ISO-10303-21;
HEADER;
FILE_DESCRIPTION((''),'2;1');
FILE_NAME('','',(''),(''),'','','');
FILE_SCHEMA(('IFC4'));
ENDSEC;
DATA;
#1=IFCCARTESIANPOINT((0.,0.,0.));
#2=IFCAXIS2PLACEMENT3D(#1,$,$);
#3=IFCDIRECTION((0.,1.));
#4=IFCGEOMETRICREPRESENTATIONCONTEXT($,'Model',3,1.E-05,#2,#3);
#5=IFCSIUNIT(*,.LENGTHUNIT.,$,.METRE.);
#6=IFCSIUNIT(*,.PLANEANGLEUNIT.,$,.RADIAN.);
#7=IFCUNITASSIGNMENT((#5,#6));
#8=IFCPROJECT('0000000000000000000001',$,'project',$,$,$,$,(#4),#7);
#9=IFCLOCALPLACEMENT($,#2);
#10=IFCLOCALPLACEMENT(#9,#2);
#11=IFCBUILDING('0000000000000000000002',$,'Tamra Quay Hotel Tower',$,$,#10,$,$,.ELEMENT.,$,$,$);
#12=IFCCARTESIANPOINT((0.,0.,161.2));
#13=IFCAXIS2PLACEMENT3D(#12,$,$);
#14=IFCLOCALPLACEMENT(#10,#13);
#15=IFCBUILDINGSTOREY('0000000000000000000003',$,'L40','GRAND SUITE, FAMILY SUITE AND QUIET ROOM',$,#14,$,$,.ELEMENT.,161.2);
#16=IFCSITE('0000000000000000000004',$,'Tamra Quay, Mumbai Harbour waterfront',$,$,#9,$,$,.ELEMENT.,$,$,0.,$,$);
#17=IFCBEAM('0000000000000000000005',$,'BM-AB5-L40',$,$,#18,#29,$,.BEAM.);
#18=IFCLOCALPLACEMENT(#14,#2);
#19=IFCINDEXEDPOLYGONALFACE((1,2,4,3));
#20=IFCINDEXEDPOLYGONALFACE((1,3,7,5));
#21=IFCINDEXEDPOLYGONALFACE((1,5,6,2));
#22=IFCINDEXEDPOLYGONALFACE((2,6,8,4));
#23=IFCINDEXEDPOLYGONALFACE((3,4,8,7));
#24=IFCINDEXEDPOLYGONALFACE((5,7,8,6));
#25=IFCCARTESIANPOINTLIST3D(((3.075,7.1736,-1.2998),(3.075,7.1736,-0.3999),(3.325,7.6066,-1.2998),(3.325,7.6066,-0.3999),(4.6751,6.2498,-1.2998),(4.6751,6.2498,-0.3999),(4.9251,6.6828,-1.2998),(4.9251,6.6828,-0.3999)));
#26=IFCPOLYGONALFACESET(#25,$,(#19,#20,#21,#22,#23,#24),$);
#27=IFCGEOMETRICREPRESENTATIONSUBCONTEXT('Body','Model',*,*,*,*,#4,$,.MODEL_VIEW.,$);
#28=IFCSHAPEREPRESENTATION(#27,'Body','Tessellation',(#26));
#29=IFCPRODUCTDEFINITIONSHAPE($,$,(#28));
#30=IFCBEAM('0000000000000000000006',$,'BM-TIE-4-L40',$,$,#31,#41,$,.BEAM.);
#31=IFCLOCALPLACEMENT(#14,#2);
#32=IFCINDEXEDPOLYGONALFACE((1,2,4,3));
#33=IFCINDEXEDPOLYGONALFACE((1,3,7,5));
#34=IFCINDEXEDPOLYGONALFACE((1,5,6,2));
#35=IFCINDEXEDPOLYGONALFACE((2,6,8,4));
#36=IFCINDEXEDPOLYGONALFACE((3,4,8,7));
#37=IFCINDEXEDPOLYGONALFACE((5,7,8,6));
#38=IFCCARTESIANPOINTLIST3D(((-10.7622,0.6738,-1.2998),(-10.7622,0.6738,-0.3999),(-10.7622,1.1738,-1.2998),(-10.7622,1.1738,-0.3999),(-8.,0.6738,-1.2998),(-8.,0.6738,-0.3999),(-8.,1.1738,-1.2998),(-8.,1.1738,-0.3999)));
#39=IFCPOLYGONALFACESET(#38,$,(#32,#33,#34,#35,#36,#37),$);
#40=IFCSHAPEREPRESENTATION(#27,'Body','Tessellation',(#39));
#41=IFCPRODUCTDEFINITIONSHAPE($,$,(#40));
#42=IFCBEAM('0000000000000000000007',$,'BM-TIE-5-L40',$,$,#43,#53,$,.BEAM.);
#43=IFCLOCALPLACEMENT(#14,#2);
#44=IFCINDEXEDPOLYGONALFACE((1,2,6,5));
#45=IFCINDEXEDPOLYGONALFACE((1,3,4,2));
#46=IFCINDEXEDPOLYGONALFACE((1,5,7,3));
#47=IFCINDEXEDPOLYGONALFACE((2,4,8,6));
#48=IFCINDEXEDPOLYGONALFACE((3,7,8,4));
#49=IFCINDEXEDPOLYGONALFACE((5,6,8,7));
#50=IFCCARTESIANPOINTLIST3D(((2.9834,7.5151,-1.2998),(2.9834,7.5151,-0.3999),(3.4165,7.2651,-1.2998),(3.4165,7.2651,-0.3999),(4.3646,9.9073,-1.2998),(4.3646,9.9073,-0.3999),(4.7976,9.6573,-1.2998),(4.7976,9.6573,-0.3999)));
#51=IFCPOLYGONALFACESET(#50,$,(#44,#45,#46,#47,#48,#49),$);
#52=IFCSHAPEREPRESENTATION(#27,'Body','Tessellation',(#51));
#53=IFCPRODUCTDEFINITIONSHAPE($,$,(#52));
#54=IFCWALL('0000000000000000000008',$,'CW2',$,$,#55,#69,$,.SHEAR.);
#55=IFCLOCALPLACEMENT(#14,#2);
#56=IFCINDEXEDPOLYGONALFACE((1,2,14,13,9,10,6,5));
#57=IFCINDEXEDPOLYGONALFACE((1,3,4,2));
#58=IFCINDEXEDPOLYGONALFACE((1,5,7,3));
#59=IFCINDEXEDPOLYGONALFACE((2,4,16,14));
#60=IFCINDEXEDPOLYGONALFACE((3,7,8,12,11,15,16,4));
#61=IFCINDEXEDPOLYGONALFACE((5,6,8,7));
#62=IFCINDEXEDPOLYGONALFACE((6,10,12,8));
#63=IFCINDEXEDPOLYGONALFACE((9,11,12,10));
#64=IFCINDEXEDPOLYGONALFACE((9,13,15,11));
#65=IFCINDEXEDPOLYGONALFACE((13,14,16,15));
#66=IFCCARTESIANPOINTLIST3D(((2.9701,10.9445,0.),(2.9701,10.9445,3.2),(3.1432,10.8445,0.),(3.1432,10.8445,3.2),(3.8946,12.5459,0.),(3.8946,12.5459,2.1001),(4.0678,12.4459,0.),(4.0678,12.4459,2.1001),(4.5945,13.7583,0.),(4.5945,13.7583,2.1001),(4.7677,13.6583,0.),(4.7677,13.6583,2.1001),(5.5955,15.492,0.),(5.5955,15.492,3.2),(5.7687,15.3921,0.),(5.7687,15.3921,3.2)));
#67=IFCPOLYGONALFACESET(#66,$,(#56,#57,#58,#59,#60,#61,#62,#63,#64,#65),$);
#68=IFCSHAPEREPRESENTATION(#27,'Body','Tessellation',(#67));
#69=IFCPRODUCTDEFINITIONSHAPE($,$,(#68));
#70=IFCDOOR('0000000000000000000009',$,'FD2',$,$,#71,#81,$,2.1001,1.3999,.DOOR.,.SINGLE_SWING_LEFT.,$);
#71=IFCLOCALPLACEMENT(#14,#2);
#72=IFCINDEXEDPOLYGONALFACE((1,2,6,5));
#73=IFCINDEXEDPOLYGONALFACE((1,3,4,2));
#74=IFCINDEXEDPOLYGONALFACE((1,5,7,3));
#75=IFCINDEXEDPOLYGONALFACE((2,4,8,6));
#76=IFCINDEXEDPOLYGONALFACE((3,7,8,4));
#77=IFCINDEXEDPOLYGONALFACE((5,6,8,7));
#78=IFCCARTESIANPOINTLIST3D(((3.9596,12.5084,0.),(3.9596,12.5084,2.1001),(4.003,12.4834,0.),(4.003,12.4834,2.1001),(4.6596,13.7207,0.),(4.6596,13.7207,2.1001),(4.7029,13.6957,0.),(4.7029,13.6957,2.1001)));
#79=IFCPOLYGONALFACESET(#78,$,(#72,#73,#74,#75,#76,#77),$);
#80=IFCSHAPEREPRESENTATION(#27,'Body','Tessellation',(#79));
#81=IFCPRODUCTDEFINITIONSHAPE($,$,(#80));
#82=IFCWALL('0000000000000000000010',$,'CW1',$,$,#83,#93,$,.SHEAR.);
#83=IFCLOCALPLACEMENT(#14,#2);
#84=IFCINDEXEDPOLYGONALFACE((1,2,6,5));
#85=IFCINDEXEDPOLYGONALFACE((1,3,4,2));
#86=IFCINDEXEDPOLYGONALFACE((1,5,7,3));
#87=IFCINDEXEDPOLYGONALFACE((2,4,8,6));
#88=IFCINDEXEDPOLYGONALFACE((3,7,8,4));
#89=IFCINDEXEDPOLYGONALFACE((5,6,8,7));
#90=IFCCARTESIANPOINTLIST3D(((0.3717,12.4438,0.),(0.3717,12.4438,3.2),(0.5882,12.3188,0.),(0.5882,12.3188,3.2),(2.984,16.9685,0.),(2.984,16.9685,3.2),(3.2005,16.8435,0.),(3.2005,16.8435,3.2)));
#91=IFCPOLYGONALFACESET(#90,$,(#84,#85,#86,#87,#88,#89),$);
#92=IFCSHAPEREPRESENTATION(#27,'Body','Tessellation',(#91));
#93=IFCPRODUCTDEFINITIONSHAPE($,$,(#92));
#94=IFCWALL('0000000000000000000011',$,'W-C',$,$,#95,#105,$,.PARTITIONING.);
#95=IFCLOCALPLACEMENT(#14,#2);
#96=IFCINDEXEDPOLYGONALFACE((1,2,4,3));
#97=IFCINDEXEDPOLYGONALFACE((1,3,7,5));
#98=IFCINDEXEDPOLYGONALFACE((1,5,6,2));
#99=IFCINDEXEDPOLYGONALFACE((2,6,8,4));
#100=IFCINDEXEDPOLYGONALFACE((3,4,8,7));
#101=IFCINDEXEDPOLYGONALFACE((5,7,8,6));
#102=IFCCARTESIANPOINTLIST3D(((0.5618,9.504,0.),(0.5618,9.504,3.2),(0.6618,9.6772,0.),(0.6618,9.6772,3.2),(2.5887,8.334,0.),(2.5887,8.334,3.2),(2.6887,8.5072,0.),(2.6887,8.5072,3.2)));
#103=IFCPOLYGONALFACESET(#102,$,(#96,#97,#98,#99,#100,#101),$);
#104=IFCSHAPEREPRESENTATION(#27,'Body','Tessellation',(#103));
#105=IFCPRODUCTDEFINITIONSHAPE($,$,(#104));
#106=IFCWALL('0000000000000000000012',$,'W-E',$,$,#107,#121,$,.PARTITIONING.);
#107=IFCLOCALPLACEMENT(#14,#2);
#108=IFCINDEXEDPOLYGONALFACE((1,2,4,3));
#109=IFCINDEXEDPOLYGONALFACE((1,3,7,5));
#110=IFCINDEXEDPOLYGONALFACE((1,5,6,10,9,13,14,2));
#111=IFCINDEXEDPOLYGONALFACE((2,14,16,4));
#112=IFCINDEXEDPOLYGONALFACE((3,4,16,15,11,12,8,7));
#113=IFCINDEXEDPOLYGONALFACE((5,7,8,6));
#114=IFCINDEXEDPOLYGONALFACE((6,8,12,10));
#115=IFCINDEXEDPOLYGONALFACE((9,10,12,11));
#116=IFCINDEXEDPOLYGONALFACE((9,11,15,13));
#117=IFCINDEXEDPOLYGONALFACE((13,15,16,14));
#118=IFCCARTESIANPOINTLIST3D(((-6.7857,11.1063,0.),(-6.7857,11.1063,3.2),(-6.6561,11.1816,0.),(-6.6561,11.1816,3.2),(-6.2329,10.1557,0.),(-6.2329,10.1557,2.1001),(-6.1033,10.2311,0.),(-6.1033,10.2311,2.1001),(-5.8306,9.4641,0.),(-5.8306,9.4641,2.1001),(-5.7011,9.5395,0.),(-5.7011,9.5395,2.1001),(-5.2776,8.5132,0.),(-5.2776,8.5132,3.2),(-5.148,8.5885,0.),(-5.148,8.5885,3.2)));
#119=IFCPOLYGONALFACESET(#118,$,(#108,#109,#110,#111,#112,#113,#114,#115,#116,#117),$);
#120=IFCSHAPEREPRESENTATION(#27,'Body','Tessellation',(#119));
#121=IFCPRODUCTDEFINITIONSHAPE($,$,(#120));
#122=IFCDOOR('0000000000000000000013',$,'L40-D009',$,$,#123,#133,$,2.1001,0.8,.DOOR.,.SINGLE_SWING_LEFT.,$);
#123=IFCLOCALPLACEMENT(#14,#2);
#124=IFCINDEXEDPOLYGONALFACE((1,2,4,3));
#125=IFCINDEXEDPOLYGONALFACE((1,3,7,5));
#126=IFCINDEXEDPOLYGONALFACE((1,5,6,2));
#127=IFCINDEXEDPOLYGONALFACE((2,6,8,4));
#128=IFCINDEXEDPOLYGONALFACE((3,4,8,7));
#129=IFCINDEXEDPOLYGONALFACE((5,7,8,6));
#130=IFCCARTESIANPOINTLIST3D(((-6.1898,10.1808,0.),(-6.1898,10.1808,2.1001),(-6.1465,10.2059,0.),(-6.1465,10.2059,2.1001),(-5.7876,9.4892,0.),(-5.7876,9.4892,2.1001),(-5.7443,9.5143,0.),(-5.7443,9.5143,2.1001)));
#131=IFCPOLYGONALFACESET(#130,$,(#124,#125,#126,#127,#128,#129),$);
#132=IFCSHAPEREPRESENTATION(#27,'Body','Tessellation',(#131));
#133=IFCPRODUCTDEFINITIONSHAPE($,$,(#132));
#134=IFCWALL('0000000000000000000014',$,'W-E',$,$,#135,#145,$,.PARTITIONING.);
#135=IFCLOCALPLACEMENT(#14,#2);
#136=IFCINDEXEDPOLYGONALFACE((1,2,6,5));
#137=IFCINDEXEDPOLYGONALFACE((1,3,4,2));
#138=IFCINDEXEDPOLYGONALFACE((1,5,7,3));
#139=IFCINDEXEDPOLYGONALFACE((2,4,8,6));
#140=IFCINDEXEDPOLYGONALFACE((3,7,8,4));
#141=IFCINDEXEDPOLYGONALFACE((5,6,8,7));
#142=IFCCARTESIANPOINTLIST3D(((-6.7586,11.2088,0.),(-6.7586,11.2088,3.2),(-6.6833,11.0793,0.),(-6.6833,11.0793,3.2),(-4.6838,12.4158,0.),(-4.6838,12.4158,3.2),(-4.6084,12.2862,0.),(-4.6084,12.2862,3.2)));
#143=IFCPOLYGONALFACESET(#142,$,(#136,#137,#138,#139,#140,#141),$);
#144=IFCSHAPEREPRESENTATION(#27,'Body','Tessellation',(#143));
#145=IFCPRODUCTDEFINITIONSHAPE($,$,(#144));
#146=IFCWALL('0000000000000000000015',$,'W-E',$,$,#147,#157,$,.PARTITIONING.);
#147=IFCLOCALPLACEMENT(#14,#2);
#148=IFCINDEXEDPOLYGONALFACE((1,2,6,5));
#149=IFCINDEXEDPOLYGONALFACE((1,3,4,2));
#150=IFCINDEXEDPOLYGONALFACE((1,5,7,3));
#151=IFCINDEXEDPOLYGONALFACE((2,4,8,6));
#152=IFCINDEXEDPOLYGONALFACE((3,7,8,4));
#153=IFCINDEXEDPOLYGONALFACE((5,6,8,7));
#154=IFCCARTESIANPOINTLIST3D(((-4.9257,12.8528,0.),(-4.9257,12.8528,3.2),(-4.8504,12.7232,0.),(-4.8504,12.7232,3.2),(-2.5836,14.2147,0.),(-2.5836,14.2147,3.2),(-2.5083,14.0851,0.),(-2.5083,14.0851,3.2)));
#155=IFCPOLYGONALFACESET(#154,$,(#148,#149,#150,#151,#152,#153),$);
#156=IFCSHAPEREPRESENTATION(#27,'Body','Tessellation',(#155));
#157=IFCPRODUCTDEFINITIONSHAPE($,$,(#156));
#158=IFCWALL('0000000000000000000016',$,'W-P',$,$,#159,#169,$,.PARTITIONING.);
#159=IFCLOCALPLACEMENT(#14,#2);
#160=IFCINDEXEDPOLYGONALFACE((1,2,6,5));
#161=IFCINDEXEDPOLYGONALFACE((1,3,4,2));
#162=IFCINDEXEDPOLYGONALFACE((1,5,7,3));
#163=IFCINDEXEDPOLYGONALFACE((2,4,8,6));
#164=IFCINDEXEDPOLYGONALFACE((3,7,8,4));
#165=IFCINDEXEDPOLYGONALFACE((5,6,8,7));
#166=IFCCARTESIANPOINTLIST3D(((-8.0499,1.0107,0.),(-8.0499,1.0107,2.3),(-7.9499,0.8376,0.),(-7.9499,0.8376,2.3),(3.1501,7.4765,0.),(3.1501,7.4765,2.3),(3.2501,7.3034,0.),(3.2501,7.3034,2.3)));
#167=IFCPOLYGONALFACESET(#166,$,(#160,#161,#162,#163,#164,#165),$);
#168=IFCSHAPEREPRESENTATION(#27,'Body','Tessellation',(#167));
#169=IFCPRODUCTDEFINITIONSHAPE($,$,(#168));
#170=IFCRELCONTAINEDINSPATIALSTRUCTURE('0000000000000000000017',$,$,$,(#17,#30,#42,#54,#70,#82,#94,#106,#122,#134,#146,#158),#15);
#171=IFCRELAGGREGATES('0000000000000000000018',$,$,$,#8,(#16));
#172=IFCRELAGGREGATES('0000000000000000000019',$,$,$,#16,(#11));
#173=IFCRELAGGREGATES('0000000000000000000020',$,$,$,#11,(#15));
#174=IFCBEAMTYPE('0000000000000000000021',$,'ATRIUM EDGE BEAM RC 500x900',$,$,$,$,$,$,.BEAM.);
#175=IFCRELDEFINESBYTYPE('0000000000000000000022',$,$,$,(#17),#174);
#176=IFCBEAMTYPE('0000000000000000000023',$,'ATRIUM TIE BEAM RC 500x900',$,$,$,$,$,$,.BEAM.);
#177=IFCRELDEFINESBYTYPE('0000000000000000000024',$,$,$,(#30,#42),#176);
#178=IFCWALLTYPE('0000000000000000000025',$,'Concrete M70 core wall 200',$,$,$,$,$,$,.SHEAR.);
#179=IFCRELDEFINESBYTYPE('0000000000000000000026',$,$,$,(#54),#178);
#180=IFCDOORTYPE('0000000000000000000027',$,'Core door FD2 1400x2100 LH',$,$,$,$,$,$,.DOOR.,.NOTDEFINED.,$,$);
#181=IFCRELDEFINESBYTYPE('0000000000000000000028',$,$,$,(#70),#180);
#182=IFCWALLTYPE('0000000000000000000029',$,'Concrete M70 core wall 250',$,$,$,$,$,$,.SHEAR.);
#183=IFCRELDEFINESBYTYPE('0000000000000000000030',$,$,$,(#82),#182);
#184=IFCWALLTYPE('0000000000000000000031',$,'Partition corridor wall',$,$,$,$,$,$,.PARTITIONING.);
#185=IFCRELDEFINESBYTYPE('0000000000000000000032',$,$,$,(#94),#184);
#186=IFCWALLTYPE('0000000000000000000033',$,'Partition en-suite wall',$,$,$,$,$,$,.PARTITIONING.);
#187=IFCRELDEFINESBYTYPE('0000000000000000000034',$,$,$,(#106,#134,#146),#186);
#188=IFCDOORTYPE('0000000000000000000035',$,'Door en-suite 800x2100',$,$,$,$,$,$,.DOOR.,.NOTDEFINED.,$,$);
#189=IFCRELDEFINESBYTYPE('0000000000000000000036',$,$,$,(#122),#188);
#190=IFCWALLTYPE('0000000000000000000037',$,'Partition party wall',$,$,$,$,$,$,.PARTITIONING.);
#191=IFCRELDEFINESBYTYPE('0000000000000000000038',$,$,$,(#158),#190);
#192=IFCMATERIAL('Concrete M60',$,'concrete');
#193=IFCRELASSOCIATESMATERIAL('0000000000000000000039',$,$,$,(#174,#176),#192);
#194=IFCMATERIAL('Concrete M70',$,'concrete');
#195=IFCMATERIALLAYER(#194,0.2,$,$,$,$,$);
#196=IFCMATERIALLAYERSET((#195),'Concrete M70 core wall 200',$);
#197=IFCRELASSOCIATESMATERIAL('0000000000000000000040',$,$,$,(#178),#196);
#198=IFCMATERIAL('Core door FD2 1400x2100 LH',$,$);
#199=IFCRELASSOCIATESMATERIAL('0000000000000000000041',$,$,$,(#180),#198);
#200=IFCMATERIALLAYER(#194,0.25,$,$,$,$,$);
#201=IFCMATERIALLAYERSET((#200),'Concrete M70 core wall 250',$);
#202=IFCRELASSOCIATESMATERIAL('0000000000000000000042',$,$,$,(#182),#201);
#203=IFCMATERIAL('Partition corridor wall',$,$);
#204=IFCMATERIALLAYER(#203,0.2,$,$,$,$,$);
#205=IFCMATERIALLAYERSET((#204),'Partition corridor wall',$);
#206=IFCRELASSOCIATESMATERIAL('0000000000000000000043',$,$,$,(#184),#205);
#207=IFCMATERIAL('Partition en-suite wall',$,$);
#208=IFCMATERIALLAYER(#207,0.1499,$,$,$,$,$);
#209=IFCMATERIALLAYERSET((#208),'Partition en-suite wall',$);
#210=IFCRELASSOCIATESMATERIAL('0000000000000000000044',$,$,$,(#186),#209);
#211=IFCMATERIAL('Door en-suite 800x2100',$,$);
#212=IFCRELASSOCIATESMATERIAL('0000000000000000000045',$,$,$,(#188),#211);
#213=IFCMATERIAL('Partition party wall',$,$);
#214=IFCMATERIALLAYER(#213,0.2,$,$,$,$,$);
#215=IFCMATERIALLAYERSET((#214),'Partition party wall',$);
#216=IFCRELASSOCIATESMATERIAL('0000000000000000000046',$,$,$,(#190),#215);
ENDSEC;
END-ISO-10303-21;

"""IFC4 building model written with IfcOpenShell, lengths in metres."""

from ifc_helpers import new_model, si_unit, direction, frame, frame_2d, origin, origin_2d, place, context, subcontext, project, spatial, rectangle, extrude, material, layer, layer_set, material_profile, profile_set, type_object, element, fill, save


model = new_model("IFC4")

# Units and contexts
model_context = context("Model", 3, precision=1e-05, world=origin(), true_north=direction((0.0, 1.0)))
body_context = subcontext(model_context, "Body", "Model", "MODEL_VIEW")
ifc_project = project(units=[si_unit("LENGTHUNIT", "METRE"), si_unit("PLANEANGLEUNIT", "RADIAN")], contexts=[model_context])

# Site, building, storey
site_placement = place(None, origin())
site = spatial("IfcSite", under=ifc_project, at=site_placement, Name="Tamra Quay, Mumbai Harbour waterfront", CompositionType="ELEMENT", RefElevation=0.0)
building_placement = place(site_placement, origin())
building = spatial("IfcBuilding", under=site, at=building_placement, Name="Tamra Quay Hotel Tower", CompositionType="ELEMENT")
storey_placement = place(building_placement, frame((0.0, 0.0, 161.2)))
storey = spatial("IfcBuildingStorey", under=building, at=storey_placement, Name="L40", Description="GRAND SUITE, FAMILY SUITE AND QUIET ROOM", CompositionType="ELEMENT", Elevation=161.2)

# Beams
ifc_material_1 = material(Name="Concrete M60", Category="concrete")
ifc_material_profile_1 = material_profile(ifc_material_1, rectangle(XDim=0.5, YDim=0.8999, at=origin_2d()), Name="ATRIUM EDGE BEAM RC 500x900")
ifc_profile_set_1 = profile_set([ifc_material_profile_1], Name="Concrete M60")
beam_type_1 = type_object("IfcBeamType", Name="ATRIUM EDGE BEAM RC 500x900", PredefinedType="BEAM", material=ifc_profile_set_1)
beam_placement = place(storey_placement, frame((3.2, 7.3901, -0.8499), z_axis=(0.866023, -0.500005, 0.0), x_axis=(0.500005, 0.866023, 0.0)))
element("IfcBeam", 1, at=beam_placement, inside=storey, type_object=beam_type_1, Name="BM-AB5-L40", PredefinedType="BEAM", context=body_context, shape_type="SweptSolid", body=[
    extrude(rectangle(XDim=0.5, YDim=0.8999, at=origin_2d()), origin(), (0.0, 0.0, 1.0), 1.8477),
])
ifc_material_profile_2 = material_profile(ifc_material_1, rectangle(XDim=0.5, YDim=0.8999, at=origin_2d()), Name="ATRIUM TIE BEAM RC 500x900")
ifc_profile_set_2 = profile_set([ifc_material_profile_2], Name="Concrete M60")
beam_type_2 = type_object("IfcBeamType", Name="ATRIUM TIE BEAM RC 500x900", PredefinedType="BEAM", material=ifc_profile_set_2)
for number, where, z_axis, x_axis, name in (
    (2, (-8.0, 0.9238, -0.8499), (-1.0, 0.0, 0.0), (0.0, -1.0, 0.0), "BM-TIE-4-L40"),
    (3, (3.2, 7.3901, -0.8499), (0.500008, 0.866021, 0.0), (-0.866021, 0.500008, 0.0), "BM-TIE-5-L40"),
):
    element("IfcBeam", number, at=place(storey_placement, frame(where, z_axis=z_axis, x_axis=x_axis)), inside=storey, type_object=beam_type_2, Name=name, PredefinedType="BEAM", context=body_context, shape_type="SweptSolid", body=[
        extrude(rectangle(XDim=0.5, YDim=0.8999, at=origin_2d()), origin(), (0.0, 0.0, 1.0), 2.7622),
    ])

# Wall, opening, door
ifc_material_2 = material(Name="Concrete M70", Category="concrete")
ifc_layer_1 = layer(ifc_material_2, 0.2)
ifc_layer_set_1 = layer_set([ifc_layer_1], Name="Concrete M70 core wall 200")
wall_type_1 = type_object("IfcWallType", Name="Concrete M70 core wall 200", PredefinedType="SHEAR", material=ifc_layer_set_1)
wall_1_placement = place(storey_placement, frame((3.0566, 10.8945, 0.0), z_axis=(0.0, 0.0, 1.0), x_axis=(0.499989, 0.866032, 0.0)))
wall_1 = element("IfcWall", 4, at=wall_1_placement, inside=storey, type_object=wall_type_1, Name="CW2", PredefinedType="SHEAR", context=body_context, shape_type="SweptSolid", body=[
    extrude(rectangle(XDim=5.251, YDim=0.2, at=frame_2d((2.6255, 0.0))), origin(), (0.0, 0.0, 1.0), 3.2),
])
opening_1_placement = place(wall_1_placement, frame((1.8491, 0.0, 0.0)))
opening_1 = element("IfcOpeningElement", 5, at=opening_1_placement, cuts=wall_1, PredefinedType="OPENING", context=body_context, shape_type="SweptSolid", body=[
    extrude(rectangle(XDim=1.3999, YDim=2.1001, at=frame_2d((0.7, 1.05))), frame((0.0, 0.1099, 0.0), z_axis=(0.0, -1.0, 0.0), x_axis=(1.0, 0.0, 0.0)), (0.0, 0.0, 1.0), 0.22),
])
ifc_material_3 = material(Name="Core door FD2 1400x2100 LH")
door_type_1 = type_object("IfcDoorType", Name="Core door FD2 1400x2100 LH", OperationType="NOTDEFINED", PredefinedType="DOOR", material=ifc_material_3)
door_1_placement = place(opening_1_placement, origin())
door_1 = element("IfcDoor", 6, at=door_1_placement, inside=storey, type_object=door_type_1, Name="FD2", OperationType="SINGLE_SWING_LEFT", OverallHeight=2.1001, OverallWidth=1.3999, PredefinedType="DOOR", context=body_context, shape_type="SweptSolid", body=[
    extrude(rectangle(XDim=1.3999, YDim=2.1001, at=frame_2d((0.7, 1.05))), frame((0.0, 0.0249, 0.0), z_axis=(0.0, -1.0, 0.0), x_axis=(1.0, 0.0, 0.0)), (0.0, 0.0, 1.0), 0.05),
])
fill(opening_1, door_1)

# Walls
ifc_layer_2 = layer(ifc_material_2, 0.25)
ifc_layer_set_2 = layer_set([ifc_layer_2], Name="Concrete M70 core wall 250")
wall_type_2 = type_object("IfcWallType", Name="Concrete M70 core wall 250", PredefinedType="SHEAR", material=ifc_layer_set_2)
wall_2_placement = place(storey_placement, frame((0.48, 12.3813, 0.0), z_axis=(0.0, 0.0, 1.0), x_axis=(0.499999, 0.866026, 0.0)))
element("IfcWall", 7, at=wall_2_placement, inside=storey, type_object=wall_type_2, Name="CW1", PredefinedType="SHEAR", context=body_context, shape_type="SweptSolid", body=[
    extrude(rectangle(XDim=5.2246, YDim=0.25, at=frame_2d((2.6123, 0.0))), origin(), (0.0, 0.0, 1.0), 3.2),
])
ifc_material_4 = material(Name="Partition corridor wall")
ifc_layer_3 = layer(ifc_material_4, 0.2)
ifc_layer_set_3 = layer_set([ifc_layer_3], Name="Partition corridor wall")
wall_type_3 = type_object("IfcWallType", Name="Partition corridor wall", PredefinedType="PARTITIONING", material=ifc_layer_set_3)
wall_3_placement = place(storey_placement, frame((0.6118, 9.5906, 0.0), z_axis=(0.0, 0.0, 1.0), x_axis=(0.866078, -0.499909, 0.0)))
element("IfcWall", 8, at=wall_3_placement, inside=storey, type_object=wall_type_3, Name="W-C", PredefinedType="PARTITIONING", context=body_context, shape_type="SweptSolid", body=[
    extrude(rectangle(XDim=2.3403, YDim=0.2, at=frame_2d((1.1702, 0.0))), origin(), (0.0, 0.0, 1.0), 3.2),
])

# Wall, opening, door
ifc_material_5 = material(Name="Partition en-suite wall")
ifc_layer_4 = layer(ifc_material_5, 0.1499)
ifc_layer_set_4 = layer_set([ifc_layer_4], Name="Partition en-suite wall")
wall_type_4 = type_object("IfcWallType", Name="Partition en-suite wall", PredefinedType="PARTITIONING", material=ifc_layer_set_4)
wall_4_placement = place(storey_placement, frame((-6.7209, 11.144, 0.0), z_axis=(0.0, 0.0, 1.0), x_axis=(0.502742, -0.864436, 0.0)))
wall_4 = element("IfcWall", 9, at=wall_4_placement, inside=storey, type_object=wall_type_4, Name="W-E", PredefinedType="PARTITIONING", context=body_context, shape_type="SweptSolid", body=[
    extrude(rectangle(XDim=2.9998, YDim=0.1499, at=frame_2d((1.5, 0.0))), origin(), (0.0, 0.0, 1.0), 3.2),
])
opening_2_placement = place(wall_4_placement, frame((1.0999, 0.0, 0.0)))
opening_2 = element("IfcOpeningElement", 10, at=opening_2_placement, cuts=wall_4, PredefinedType="OPENING", context=body_context, shape_type="SweptSolid", body=[
    extrude(rectangle(XDim=0.8, YDim=2.1001, at=frame_2d((0.3999, 1.05))), frame((0.0, 0.085, 0.0), z_axis=(0.0, -1.0, 0.0), x_axis=(1.0, 0.0, 0.0)), (0.0, 0.0, 1.0), 0.1699),
])
ifc_material_6 = material(Name="Door en-suite 800x2100")
door_type_2 = type_object("IfcDoorType", Name="Door en-suite 800x2100", OperationType="NOTDEFINED", PredefinedType="DOOR", material=ifc_material_6)
door_2_placement = place(opening_2_placement, origin())
door_2 = element("IfcDoor", 11, at=door_2_placement, inside=storey, type_object=door_type_2, Name="L40-D009", OperationType="SINGLE_SWING_LEFT", OverallHeight=2.1001, OverallWidth=0.8, PredefinedType="DOOR", context=body_context, shape_type="SweptSolid", body=[
    extrude(rectangle(XDim=0.8, YDim=2.1001, at=frame_2d((0.3999, 1.05))), frame((0.0, 0.0249, 0.0), z_axis=(0.0, -1.0, 0.0), x_axis=(1.0, 0.0, 0.0)), (0.0, 0.0, 1.0), 0.05),
])
fill(opening_2, door_2)

# Walls
wall_5_placement = place(storey_placement, frame((-6.7209, 11.144, 0.0), z_axis=(0.0, 0.0, 1.0), x_axis=(0.864387, 0.502827, 0.0)))
element("IfcWall", 12, at=wall_5_placement, inside=storey, type_object=wall_type_4, Name="W-E", PredefinedType="PARTITIONING", context=body_context, shape_type="SweptSolid", body=[
    extrude(rectangle(XDim=2.4004, YDim=0.1499, at=frame_2d((1.2002, 0.0))), origin(), (0.0, 0.0, 1.0), 3.2),
])
wall_6_placement = place(storey_placement, frame((-4.8879, 12.7881, 0.0), z_axis=(0.0, 0.0, 1.0), x_axis=(0.864481, 0.502666, 0.0)))
element("IfcWall", 13, at=wall_6_placement, inside=storey, type_object=wall_type_4, Name="W-E", PredefinedType="PARTITIONING", context=body_context, shape_type="SweptSolid", body=[
    extrude(rectangle(XDim=2.7092, YDim=0.1499, at=frame_2d((1.3545, 0.0))), origin(), (0.0, 0.0, 1.0), 3.2),
])
ifc_material_7 = material(Name="Partition party wall")
ifc_layer_5 = layer(ifc_material_7, 0.2)
ifc_layer_set_5 = layer_set([ifc_layer_5], Name="Partition party wall")
wall_type_5 = type_object("IfcWallType", Name="Partition party wall", PredefinedType="PARTITIONING", material=ifc_layer_set_5)
wall_7_placement = place(storey_placement, frame((-8.0, 0.9241, 0.0), z_axis=(0.0, 0.0, 1.0), x_axis=(0.866041, 0.499972, 0.0)))
element("IfcWall", 14, at=wall_7_placement, inside=storey, type_object=wall_type_5, Name="W-P", PredefinedType="PARTITIONING", context=body_context, shape_type="SweptSolid", body=[
    extrude(rectangle(XDim=12.9324, YDim=0.2, at=frame_2d((6.4663, 0.0))), origin(), (0.0, 0.0, 1.0), 2.3),
])

save(model, "model.ifc")
